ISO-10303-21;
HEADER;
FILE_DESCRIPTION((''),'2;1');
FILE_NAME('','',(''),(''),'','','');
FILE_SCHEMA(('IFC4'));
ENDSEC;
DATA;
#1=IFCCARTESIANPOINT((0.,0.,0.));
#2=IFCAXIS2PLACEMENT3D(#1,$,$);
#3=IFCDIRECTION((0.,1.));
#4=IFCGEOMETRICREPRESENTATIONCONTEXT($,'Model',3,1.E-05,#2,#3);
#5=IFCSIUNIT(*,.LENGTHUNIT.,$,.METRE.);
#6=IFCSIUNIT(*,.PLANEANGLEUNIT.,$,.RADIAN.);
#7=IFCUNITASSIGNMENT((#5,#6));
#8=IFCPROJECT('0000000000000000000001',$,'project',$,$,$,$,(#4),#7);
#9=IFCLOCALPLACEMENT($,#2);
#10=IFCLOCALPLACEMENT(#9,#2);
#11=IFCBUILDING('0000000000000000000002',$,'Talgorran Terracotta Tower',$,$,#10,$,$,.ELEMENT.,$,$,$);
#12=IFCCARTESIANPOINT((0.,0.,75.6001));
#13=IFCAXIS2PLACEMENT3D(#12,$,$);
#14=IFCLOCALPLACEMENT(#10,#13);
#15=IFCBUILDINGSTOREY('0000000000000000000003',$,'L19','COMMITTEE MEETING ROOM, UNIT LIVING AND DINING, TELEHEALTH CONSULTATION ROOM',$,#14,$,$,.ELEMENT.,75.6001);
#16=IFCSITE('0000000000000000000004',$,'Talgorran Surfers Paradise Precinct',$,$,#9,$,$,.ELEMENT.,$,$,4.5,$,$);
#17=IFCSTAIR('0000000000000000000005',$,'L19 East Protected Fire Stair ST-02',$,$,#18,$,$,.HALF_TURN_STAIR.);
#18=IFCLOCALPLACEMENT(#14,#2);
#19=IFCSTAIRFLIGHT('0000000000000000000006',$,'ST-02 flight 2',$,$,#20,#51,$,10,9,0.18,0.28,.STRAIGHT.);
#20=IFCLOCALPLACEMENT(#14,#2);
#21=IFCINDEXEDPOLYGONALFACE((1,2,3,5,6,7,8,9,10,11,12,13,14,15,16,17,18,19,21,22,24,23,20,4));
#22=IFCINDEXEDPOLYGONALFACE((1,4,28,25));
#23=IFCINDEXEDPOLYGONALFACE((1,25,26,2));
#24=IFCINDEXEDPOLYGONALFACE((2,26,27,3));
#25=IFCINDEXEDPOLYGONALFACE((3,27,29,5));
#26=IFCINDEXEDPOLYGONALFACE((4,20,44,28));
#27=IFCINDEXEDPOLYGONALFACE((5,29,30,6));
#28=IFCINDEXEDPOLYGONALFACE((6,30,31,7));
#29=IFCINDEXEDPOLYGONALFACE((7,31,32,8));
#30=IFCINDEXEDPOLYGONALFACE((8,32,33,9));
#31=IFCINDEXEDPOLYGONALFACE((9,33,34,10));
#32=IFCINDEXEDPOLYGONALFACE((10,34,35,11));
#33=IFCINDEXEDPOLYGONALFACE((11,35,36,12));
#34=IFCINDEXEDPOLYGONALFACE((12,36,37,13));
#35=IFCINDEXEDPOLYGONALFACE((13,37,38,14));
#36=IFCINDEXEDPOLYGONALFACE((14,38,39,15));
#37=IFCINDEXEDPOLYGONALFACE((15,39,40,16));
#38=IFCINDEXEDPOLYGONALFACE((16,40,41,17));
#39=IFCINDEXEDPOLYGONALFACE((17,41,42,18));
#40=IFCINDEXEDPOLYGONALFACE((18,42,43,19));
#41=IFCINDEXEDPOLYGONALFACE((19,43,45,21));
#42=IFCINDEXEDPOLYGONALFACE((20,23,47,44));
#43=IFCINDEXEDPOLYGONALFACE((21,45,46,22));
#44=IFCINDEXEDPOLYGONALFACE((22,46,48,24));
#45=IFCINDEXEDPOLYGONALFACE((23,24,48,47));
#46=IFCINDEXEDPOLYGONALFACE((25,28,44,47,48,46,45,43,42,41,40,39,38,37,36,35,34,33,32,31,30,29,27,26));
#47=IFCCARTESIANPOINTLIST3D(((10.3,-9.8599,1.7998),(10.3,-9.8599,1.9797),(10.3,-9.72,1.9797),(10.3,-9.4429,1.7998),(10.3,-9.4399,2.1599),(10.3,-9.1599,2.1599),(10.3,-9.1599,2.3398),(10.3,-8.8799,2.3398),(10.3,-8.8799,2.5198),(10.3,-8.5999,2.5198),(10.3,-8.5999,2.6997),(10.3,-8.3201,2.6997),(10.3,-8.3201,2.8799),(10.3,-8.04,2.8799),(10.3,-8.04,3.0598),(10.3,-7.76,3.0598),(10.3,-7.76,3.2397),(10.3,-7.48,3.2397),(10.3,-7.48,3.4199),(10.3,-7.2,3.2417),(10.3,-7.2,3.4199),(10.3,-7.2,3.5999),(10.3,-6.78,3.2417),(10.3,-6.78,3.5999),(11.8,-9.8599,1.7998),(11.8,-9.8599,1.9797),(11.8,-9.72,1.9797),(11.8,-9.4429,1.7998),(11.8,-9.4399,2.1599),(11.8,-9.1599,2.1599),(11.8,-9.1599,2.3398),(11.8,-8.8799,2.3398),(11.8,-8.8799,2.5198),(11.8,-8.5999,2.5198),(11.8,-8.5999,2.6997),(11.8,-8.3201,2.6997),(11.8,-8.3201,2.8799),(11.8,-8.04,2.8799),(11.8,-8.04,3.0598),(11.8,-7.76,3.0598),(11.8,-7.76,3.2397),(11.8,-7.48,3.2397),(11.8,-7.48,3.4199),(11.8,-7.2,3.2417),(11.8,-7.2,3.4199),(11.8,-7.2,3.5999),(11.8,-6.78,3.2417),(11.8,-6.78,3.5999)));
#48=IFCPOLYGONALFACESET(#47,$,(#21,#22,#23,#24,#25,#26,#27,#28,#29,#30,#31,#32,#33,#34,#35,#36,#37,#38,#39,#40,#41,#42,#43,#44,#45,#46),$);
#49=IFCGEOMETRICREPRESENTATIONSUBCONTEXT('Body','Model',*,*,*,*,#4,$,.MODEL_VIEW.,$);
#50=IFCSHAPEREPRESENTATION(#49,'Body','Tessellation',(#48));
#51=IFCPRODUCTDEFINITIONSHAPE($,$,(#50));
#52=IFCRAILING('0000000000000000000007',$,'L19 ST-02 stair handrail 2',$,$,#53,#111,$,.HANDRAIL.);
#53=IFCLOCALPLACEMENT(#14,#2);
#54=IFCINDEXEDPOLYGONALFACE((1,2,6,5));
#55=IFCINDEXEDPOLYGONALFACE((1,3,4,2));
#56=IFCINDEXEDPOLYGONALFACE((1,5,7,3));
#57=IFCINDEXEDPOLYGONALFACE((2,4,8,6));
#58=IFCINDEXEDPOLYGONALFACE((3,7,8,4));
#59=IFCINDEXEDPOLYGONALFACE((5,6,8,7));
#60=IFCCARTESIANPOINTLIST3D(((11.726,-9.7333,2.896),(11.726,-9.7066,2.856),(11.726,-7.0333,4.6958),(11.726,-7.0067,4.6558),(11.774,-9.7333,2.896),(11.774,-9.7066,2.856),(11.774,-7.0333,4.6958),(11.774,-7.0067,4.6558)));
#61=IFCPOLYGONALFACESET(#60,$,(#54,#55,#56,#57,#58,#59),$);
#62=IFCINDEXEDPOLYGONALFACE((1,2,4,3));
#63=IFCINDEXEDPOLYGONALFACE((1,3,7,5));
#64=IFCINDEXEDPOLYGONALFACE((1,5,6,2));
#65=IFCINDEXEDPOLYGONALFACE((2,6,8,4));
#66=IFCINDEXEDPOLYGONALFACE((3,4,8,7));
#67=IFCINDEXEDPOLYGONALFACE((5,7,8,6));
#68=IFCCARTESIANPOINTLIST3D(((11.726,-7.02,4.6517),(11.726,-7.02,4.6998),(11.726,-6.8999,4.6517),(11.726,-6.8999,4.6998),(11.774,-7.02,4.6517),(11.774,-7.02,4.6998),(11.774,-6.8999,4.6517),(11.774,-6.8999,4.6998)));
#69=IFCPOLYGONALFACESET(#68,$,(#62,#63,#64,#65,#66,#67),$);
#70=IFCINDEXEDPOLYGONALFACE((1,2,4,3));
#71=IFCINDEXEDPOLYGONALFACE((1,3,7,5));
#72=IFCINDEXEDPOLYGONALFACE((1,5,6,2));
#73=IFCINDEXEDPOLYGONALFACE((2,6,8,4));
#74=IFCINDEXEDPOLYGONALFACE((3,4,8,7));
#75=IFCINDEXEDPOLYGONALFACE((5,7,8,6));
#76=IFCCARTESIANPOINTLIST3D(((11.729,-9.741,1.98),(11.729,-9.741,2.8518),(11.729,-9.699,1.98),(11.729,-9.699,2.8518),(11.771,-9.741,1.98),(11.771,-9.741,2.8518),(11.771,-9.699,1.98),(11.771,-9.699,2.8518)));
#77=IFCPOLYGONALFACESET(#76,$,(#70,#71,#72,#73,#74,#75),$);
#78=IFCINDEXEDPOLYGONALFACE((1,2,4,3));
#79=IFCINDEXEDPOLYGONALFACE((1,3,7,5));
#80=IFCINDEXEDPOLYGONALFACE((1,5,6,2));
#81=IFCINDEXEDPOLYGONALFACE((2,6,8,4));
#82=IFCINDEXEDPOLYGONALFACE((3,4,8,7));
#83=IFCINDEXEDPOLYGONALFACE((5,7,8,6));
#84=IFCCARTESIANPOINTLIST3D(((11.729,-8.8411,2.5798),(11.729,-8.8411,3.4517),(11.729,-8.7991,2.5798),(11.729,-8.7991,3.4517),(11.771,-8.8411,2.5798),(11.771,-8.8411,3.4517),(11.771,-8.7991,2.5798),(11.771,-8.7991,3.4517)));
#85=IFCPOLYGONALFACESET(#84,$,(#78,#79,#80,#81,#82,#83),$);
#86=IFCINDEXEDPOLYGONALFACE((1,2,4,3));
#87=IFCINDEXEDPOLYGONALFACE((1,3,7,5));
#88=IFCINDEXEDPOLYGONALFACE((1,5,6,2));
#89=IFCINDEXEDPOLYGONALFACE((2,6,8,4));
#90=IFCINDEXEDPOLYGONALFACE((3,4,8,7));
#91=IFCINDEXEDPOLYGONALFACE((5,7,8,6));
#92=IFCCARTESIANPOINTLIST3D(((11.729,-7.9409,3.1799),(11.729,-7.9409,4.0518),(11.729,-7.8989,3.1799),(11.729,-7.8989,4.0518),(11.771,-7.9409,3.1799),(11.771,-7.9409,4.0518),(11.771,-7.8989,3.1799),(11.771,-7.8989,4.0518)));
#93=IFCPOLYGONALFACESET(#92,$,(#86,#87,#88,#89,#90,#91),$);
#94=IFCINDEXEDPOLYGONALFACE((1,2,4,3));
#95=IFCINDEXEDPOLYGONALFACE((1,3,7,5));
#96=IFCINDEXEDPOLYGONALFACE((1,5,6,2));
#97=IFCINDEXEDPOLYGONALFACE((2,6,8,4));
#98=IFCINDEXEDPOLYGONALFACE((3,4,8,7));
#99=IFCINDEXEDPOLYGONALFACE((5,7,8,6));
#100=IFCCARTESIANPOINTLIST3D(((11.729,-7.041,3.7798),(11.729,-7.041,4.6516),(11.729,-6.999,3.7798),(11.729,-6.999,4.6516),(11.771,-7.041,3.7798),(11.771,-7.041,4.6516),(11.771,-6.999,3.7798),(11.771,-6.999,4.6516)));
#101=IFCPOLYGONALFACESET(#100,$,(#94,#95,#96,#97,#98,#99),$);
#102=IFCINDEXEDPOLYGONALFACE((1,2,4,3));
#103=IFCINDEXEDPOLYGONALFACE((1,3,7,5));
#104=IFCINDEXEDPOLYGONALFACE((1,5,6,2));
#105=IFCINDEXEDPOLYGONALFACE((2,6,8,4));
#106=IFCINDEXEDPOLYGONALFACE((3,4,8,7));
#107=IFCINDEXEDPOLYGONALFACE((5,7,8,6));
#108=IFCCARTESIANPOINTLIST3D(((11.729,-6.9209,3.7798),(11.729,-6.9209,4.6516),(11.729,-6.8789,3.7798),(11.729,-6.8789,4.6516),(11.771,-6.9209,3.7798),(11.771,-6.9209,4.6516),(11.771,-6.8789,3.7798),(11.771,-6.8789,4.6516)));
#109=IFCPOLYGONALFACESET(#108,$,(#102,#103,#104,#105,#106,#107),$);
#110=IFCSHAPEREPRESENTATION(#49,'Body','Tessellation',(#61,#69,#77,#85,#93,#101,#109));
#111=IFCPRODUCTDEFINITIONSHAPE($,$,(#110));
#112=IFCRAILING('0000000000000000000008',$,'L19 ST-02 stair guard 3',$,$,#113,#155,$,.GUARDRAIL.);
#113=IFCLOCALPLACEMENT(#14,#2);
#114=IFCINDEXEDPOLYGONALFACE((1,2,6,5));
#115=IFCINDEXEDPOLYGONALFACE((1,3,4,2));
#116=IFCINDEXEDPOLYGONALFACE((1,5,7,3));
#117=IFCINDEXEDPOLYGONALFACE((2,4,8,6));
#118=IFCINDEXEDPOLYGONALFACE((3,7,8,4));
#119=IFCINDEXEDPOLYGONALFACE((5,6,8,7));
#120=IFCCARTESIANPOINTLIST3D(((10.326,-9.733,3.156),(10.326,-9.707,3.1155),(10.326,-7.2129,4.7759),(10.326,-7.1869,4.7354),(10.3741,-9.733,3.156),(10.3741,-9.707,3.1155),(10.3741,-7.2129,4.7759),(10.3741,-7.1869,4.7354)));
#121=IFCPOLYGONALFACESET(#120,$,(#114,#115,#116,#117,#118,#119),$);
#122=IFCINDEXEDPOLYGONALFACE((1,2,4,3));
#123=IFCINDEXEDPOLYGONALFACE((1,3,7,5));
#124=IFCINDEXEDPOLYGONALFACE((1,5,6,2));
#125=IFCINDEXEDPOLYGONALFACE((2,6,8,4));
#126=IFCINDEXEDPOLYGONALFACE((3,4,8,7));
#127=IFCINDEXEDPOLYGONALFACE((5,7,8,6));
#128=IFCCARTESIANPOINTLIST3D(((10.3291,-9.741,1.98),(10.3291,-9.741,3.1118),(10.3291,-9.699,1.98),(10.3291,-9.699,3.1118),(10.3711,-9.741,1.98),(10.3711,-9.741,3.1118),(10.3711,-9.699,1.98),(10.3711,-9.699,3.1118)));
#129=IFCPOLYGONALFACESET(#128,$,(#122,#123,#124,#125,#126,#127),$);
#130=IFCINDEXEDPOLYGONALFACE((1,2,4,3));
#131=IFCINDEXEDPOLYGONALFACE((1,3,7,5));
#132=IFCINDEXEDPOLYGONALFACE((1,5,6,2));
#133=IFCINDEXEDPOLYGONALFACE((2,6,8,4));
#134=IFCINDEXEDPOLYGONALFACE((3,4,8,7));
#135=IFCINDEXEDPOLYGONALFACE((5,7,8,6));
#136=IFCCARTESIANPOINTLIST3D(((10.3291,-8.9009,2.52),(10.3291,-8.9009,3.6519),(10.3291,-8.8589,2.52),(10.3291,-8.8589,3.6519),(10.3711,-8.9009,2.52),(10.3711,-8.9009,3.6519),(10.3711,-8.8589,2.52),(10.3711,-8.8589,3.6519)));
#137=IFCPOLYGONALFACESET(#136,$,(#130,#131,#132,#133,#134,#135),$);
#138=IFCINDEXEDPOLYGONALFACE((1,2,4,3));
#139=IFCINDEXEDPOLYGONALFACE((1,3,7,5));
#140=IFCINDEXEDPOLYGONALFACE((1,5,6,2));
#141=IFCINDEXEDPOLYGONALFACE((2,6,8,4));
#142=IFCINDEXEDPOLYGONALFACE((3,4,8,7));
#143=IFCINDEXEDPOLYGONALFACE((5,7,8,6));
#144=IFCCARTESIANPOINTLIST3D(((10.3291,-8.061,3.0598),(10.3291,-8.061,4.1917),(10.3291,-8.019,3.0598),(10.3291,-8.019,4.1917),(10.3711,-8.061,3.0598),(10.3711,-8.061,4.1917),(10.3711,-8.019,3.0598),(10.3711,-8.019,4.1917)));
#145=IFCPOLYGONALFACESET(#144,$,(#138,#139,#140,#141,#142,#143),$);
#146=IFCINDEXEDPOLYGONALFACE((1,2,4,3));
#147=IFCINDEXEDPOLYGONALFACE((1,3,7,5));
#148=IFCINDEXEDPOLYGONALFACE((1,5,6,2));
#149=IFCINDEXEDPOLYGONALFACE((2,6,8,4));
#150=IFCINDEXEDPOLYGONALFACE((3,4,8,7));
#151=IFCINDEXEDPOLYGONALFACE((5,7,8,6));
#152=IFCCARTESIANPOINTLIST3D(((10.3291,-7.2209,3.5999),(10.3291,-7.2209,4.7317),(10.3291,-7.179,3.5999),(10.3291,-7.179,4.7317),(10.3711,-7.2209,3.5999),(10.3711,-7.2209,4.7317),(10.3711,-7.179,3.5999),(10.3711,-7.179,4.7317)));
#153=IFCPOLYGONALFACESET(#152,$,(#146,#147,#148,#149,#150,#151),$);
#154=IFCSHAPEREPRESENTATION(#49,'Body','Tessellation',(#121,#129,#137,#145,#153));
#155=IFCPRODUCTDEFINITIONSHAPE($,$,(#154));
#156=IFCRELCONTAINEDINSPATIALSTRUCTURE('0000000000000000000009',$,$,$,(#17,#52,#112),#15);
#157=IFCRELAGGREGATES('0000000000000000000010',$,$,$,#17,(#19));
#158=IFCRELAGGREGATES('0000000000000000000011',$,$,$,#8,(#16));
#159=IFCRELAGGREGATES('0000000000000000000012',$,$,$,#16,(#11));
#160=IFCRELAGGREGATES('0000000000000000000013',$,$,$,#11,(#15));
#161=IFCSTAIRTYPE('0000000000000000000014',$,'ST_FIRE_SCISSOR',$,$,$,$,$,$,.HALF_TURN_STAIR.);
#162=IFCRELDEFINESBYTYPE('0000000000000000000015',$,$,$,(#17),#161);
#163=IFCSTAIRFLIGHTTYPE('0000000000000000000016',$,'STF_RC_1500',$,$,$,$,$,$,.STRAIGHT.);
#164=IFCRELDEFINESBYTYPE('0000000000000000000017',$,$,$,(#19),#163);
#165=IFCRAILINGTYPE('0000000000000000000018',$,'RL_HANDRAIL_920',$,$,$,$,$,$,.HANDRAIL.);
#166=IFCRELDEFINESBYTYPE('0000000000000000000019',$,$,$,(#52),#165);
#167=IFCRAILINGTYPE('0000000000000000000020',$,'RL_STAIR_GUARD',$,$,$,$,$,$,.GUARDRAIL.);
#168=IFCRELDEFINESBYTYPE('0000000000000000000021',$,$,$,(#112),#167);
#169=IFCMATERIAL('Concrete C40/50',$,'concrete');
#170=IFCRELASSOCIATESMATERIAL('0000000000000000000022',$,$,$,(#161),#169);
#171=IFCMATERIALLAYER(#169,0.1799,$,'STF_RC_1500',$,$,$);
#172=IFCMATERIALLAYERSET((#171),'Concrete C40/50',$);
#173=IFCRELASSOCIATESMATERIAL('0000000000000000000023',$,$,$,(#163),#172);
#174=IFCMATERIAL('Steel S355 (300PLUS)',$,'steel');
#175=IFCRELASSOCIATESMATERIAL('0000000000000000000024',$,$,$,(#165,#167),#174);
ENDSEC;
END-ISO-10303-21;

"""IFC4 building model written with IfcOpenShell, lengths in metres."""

from ifc_helpers import new_model, si_unit, direction, frame, origin, origin_2d, place, context, subcontext, project, spatial, polyline, rectangle, outline, extrude, material, layer, layer_set, type_object, element, aggregate, save


model = new_model("IFC4")

# Units and contexts
model_context = context("Model", 3, precision=1e-05, world=origin(), true_north=direction((0.0, 1.0)))
body_context = subcontext(model_context, "Body", "Model", "MODEL_VIEW")
ifc_project = project(units=[si_unit("LENGTHUNIT", "METRE"), si_unit("PLANEANGLEUNIT", "RADIAN")], contexts=[model_context])

# Site, building, storey
site_placement = place(None, origin())
site = spatial("IfcSite", under=ifc_project, at=site_placement, Name="Talgorran Surfers Paradise Precinct", CompositionType="ELEMENT", RefElevation=4.5)
building_placement = place(site_placement, origin())
building = spatial("IfcBuilding", under=site, at=building_placement, Name="Talgorran Terracotta Tower", CompositionType="ELEMENT")
storey_placement = place(building_placement, frame((0.0, 0.0, 75.6001)))
storey = spatial("IfcBuildingStorey", under=building, at=storey_placement, Name="L19", Description="COMMITTEE MEETING ROOM, UNIT LIVING AND DINING, TELEHEALTH CONSULTATION ROOM", CompositionType="ELEMENT", Elevation=75.6001)

# Shared definitions
ifc_material_1 = material(Name="Steel S355 (300PLUS)", Category="steel")

# Stair, stair flight
ifc_material_2 = material(Name="Concrete C40/50", Category="concrete")
stair_type = type_object("IfcStairType", Name="ST_FIRE_SCISSOR", PredefinedType="HALF_TURN_STAIR", material=ifc_material_2)
stair_placement = place(storey_placement, origin())
stair = element("IfcStair", 1, at=stair_placement, inside=storey, type_object=stair_type, Name="L19 East Protected Fire Stair ST-02", PredefinedType="HALF_TURN_STAIR")
ifc_layer_1 = layer(ifc_material_2, 0.1799, Name="STF_RC_1500")
ifc_layer_set_1 = layer_set([ifc_layer_1], Name="Concrete C40/50")
stair_flight_type = type_object("IfcStairFlightType", Name="STF_RC_1500", PredefinedType="STRAIGHT", material=ifc_layer_set_1)
stair_flight_placement = place(storey_placement, frame((11.05, -9.72, 1.7998), z_axis=(0.0, 0.0, 1.0), x_axis=(0.0, 1.0, 0.0)))
stair_flight = element("IfcStairFlight", 2, at=stair_flight_placement, type_object=stair_flight_type, Name="ST-02 flight 2", NumberOfRisers=10, NumberOfTreads=9, PredefinedType="STRAIGHT", RiserHeight=0.18, TreadLength=0.28, context=body_context, shape_type="SweptSolid", body=[
    extrude(outline(polyline([(-0.1399, 0.0), (-0.1399, 0.1799), (0.0, 0.1799), (0.28, 0.3601), (0.5601, 0.3601), (0.5601, 0.54), (0.8401, 0.54), (0.8401, 0.72), (1.1201, 0.72), (1.1201, 0.8999), (1.3999, 0.8999), (1.3999, 1.0801), (1.6799, 1.0801), (1.6799, 1.26), (1.96, 1.26), (1.96, 1.4399), (2.24, 1.4399), (2.24, 1.6201), (2.52, 1.6201), (2.52, 1.8), (2.9399, 1.8), (2.9399, 1.4419), (2.52, 1.4419), (0.2771, 0.0), (-0.1399, 0.0)])), frame((0.0, 0.75, 0.0), z_axis=(0.0, -1.0, 0.0), x_axis=(1.0, 0.0, 0.0)), (0.0, 0.0, 1.0), 1.5),
])
aggregate(stair, [stair_flight])

# Railings
railing_type_1 = type_object("IfcRailingType", Name="RL_HANDRAIL_920", PredefinedType="HANDRAIL", material=ifc_material_1)
railing_1_placement = place(storey_placement, frame((11.75, -9.72, 1.98)))
element("IfcRailing", 3, at=railing_1_placement, inside=storey, type_object=railing_type_1, Name="L19 ST-02 stair handrail 2", PredefinedType="HANDRAIL", context=body_context, shape_type="SweptSolid", body=[
    extrude(rectangle(XDim=0.0481, YDim=0.0481, at=origin_2d()), frame((0.0, 0.0, 0.896), z_axis=(0.0, 0.832073, 0.554665), x_axis=(-1.0, 0.0, 0.0)), (0.0, 0.0, 1.0), 3.2449),
    extrude(rectangle(XDim=0.0481, YDim=0.0481, at=origin_2d()), frame((0.0, 2.7, 2.6958), z_axis=(0.0, 1.0, 0.0), x_axis=(-1.0, 0.0, 0.0)), (0.0, 0.0, 1.0), 0.1201),
    extrude(rectangle(XDim=0.042, YDim=0.042, at=origin_2d()), origin(), (0.0, 0.0, 1.0), 0.8718),
    extrude(rectangle(XDim=0.042, YDim=0.042, at=origin_2d()), frame((0.0, 0.8999, 0.5999)), (0.0, 0.0, 1.0), 0.8718),
    extrude(rectangle(XDim=0.042, YDim=0.042, at=origin_2d()), frame((0.0, 1.8, 1.2)), (0.0, 0.0, 1.0), 0.8718),
    extrude(rectangle(XDim=0.042, YDim=0.042, at=origin_2d()), frame((0.0, 2.7, 1.7998)), (0.0, 0.0, 1.0), 0.8718),
    extrude(rectangle(XDim=0.042, YDim=0.042, at=origin_2d()), frame((0.0, 2.8201, 1.7998)), (0.0, 0.0, 1.0), 0.8718),
])
railing_type_2 = type_object("IfcRailingType", Name="RL_STAIR_GUARD", PredefinedType="GUARDRAIL", material=ifc_material_1)
railing_2_placement = place(storey_placement, frame((10.3501, -9.72, 1.98)))
element("IfcRailing", 4, at=railing_2_placement, inside=storey, type_object=railing_type_2, Name="L19 ST-02 stair guard 3", PredefinedType="GUARDRAIL", context=body_context, shape_type="SweptSolid", body=[
    extrude(rectangle(XDim=0.0481, YDim=0.0481, at=origin_2d()), frame((0.0, 0.0, 1.1558), z_axis=(0.0, 0.8412, 0.540725), x_axis=(-1.0, 0.0, 0.0)), (0.0, 0.0, 1.0), 2.9958),
    extrude(rectangle(XDim=0.042, YDim=0.042, at=origin_2d()), origin(), (0.0, 0.0, 1.0), 1.1318),
    extrude(rectangle(XDim=0.042, YDim=0.042, at=origin_2d()), frame((0.0, 0.8401, 0.54)), (0.0, 0.0, 1.0), 1.1318),
    extrude(rectangle(XDim=0.042, YDim=0.042, at=origin_2d()), frame((0.0, 1.6799, 1.0798)), (0.0, 0.0, 1.0), 1.1318),
    extrude(rectangle(XDim=0.042, YDim=0.042, at=origin_2d()), frame((0.0, 2.52, 1.6199)), (0.0, 0.0, 1.0), 1.1318),
])

save(model, "model.ifc")
